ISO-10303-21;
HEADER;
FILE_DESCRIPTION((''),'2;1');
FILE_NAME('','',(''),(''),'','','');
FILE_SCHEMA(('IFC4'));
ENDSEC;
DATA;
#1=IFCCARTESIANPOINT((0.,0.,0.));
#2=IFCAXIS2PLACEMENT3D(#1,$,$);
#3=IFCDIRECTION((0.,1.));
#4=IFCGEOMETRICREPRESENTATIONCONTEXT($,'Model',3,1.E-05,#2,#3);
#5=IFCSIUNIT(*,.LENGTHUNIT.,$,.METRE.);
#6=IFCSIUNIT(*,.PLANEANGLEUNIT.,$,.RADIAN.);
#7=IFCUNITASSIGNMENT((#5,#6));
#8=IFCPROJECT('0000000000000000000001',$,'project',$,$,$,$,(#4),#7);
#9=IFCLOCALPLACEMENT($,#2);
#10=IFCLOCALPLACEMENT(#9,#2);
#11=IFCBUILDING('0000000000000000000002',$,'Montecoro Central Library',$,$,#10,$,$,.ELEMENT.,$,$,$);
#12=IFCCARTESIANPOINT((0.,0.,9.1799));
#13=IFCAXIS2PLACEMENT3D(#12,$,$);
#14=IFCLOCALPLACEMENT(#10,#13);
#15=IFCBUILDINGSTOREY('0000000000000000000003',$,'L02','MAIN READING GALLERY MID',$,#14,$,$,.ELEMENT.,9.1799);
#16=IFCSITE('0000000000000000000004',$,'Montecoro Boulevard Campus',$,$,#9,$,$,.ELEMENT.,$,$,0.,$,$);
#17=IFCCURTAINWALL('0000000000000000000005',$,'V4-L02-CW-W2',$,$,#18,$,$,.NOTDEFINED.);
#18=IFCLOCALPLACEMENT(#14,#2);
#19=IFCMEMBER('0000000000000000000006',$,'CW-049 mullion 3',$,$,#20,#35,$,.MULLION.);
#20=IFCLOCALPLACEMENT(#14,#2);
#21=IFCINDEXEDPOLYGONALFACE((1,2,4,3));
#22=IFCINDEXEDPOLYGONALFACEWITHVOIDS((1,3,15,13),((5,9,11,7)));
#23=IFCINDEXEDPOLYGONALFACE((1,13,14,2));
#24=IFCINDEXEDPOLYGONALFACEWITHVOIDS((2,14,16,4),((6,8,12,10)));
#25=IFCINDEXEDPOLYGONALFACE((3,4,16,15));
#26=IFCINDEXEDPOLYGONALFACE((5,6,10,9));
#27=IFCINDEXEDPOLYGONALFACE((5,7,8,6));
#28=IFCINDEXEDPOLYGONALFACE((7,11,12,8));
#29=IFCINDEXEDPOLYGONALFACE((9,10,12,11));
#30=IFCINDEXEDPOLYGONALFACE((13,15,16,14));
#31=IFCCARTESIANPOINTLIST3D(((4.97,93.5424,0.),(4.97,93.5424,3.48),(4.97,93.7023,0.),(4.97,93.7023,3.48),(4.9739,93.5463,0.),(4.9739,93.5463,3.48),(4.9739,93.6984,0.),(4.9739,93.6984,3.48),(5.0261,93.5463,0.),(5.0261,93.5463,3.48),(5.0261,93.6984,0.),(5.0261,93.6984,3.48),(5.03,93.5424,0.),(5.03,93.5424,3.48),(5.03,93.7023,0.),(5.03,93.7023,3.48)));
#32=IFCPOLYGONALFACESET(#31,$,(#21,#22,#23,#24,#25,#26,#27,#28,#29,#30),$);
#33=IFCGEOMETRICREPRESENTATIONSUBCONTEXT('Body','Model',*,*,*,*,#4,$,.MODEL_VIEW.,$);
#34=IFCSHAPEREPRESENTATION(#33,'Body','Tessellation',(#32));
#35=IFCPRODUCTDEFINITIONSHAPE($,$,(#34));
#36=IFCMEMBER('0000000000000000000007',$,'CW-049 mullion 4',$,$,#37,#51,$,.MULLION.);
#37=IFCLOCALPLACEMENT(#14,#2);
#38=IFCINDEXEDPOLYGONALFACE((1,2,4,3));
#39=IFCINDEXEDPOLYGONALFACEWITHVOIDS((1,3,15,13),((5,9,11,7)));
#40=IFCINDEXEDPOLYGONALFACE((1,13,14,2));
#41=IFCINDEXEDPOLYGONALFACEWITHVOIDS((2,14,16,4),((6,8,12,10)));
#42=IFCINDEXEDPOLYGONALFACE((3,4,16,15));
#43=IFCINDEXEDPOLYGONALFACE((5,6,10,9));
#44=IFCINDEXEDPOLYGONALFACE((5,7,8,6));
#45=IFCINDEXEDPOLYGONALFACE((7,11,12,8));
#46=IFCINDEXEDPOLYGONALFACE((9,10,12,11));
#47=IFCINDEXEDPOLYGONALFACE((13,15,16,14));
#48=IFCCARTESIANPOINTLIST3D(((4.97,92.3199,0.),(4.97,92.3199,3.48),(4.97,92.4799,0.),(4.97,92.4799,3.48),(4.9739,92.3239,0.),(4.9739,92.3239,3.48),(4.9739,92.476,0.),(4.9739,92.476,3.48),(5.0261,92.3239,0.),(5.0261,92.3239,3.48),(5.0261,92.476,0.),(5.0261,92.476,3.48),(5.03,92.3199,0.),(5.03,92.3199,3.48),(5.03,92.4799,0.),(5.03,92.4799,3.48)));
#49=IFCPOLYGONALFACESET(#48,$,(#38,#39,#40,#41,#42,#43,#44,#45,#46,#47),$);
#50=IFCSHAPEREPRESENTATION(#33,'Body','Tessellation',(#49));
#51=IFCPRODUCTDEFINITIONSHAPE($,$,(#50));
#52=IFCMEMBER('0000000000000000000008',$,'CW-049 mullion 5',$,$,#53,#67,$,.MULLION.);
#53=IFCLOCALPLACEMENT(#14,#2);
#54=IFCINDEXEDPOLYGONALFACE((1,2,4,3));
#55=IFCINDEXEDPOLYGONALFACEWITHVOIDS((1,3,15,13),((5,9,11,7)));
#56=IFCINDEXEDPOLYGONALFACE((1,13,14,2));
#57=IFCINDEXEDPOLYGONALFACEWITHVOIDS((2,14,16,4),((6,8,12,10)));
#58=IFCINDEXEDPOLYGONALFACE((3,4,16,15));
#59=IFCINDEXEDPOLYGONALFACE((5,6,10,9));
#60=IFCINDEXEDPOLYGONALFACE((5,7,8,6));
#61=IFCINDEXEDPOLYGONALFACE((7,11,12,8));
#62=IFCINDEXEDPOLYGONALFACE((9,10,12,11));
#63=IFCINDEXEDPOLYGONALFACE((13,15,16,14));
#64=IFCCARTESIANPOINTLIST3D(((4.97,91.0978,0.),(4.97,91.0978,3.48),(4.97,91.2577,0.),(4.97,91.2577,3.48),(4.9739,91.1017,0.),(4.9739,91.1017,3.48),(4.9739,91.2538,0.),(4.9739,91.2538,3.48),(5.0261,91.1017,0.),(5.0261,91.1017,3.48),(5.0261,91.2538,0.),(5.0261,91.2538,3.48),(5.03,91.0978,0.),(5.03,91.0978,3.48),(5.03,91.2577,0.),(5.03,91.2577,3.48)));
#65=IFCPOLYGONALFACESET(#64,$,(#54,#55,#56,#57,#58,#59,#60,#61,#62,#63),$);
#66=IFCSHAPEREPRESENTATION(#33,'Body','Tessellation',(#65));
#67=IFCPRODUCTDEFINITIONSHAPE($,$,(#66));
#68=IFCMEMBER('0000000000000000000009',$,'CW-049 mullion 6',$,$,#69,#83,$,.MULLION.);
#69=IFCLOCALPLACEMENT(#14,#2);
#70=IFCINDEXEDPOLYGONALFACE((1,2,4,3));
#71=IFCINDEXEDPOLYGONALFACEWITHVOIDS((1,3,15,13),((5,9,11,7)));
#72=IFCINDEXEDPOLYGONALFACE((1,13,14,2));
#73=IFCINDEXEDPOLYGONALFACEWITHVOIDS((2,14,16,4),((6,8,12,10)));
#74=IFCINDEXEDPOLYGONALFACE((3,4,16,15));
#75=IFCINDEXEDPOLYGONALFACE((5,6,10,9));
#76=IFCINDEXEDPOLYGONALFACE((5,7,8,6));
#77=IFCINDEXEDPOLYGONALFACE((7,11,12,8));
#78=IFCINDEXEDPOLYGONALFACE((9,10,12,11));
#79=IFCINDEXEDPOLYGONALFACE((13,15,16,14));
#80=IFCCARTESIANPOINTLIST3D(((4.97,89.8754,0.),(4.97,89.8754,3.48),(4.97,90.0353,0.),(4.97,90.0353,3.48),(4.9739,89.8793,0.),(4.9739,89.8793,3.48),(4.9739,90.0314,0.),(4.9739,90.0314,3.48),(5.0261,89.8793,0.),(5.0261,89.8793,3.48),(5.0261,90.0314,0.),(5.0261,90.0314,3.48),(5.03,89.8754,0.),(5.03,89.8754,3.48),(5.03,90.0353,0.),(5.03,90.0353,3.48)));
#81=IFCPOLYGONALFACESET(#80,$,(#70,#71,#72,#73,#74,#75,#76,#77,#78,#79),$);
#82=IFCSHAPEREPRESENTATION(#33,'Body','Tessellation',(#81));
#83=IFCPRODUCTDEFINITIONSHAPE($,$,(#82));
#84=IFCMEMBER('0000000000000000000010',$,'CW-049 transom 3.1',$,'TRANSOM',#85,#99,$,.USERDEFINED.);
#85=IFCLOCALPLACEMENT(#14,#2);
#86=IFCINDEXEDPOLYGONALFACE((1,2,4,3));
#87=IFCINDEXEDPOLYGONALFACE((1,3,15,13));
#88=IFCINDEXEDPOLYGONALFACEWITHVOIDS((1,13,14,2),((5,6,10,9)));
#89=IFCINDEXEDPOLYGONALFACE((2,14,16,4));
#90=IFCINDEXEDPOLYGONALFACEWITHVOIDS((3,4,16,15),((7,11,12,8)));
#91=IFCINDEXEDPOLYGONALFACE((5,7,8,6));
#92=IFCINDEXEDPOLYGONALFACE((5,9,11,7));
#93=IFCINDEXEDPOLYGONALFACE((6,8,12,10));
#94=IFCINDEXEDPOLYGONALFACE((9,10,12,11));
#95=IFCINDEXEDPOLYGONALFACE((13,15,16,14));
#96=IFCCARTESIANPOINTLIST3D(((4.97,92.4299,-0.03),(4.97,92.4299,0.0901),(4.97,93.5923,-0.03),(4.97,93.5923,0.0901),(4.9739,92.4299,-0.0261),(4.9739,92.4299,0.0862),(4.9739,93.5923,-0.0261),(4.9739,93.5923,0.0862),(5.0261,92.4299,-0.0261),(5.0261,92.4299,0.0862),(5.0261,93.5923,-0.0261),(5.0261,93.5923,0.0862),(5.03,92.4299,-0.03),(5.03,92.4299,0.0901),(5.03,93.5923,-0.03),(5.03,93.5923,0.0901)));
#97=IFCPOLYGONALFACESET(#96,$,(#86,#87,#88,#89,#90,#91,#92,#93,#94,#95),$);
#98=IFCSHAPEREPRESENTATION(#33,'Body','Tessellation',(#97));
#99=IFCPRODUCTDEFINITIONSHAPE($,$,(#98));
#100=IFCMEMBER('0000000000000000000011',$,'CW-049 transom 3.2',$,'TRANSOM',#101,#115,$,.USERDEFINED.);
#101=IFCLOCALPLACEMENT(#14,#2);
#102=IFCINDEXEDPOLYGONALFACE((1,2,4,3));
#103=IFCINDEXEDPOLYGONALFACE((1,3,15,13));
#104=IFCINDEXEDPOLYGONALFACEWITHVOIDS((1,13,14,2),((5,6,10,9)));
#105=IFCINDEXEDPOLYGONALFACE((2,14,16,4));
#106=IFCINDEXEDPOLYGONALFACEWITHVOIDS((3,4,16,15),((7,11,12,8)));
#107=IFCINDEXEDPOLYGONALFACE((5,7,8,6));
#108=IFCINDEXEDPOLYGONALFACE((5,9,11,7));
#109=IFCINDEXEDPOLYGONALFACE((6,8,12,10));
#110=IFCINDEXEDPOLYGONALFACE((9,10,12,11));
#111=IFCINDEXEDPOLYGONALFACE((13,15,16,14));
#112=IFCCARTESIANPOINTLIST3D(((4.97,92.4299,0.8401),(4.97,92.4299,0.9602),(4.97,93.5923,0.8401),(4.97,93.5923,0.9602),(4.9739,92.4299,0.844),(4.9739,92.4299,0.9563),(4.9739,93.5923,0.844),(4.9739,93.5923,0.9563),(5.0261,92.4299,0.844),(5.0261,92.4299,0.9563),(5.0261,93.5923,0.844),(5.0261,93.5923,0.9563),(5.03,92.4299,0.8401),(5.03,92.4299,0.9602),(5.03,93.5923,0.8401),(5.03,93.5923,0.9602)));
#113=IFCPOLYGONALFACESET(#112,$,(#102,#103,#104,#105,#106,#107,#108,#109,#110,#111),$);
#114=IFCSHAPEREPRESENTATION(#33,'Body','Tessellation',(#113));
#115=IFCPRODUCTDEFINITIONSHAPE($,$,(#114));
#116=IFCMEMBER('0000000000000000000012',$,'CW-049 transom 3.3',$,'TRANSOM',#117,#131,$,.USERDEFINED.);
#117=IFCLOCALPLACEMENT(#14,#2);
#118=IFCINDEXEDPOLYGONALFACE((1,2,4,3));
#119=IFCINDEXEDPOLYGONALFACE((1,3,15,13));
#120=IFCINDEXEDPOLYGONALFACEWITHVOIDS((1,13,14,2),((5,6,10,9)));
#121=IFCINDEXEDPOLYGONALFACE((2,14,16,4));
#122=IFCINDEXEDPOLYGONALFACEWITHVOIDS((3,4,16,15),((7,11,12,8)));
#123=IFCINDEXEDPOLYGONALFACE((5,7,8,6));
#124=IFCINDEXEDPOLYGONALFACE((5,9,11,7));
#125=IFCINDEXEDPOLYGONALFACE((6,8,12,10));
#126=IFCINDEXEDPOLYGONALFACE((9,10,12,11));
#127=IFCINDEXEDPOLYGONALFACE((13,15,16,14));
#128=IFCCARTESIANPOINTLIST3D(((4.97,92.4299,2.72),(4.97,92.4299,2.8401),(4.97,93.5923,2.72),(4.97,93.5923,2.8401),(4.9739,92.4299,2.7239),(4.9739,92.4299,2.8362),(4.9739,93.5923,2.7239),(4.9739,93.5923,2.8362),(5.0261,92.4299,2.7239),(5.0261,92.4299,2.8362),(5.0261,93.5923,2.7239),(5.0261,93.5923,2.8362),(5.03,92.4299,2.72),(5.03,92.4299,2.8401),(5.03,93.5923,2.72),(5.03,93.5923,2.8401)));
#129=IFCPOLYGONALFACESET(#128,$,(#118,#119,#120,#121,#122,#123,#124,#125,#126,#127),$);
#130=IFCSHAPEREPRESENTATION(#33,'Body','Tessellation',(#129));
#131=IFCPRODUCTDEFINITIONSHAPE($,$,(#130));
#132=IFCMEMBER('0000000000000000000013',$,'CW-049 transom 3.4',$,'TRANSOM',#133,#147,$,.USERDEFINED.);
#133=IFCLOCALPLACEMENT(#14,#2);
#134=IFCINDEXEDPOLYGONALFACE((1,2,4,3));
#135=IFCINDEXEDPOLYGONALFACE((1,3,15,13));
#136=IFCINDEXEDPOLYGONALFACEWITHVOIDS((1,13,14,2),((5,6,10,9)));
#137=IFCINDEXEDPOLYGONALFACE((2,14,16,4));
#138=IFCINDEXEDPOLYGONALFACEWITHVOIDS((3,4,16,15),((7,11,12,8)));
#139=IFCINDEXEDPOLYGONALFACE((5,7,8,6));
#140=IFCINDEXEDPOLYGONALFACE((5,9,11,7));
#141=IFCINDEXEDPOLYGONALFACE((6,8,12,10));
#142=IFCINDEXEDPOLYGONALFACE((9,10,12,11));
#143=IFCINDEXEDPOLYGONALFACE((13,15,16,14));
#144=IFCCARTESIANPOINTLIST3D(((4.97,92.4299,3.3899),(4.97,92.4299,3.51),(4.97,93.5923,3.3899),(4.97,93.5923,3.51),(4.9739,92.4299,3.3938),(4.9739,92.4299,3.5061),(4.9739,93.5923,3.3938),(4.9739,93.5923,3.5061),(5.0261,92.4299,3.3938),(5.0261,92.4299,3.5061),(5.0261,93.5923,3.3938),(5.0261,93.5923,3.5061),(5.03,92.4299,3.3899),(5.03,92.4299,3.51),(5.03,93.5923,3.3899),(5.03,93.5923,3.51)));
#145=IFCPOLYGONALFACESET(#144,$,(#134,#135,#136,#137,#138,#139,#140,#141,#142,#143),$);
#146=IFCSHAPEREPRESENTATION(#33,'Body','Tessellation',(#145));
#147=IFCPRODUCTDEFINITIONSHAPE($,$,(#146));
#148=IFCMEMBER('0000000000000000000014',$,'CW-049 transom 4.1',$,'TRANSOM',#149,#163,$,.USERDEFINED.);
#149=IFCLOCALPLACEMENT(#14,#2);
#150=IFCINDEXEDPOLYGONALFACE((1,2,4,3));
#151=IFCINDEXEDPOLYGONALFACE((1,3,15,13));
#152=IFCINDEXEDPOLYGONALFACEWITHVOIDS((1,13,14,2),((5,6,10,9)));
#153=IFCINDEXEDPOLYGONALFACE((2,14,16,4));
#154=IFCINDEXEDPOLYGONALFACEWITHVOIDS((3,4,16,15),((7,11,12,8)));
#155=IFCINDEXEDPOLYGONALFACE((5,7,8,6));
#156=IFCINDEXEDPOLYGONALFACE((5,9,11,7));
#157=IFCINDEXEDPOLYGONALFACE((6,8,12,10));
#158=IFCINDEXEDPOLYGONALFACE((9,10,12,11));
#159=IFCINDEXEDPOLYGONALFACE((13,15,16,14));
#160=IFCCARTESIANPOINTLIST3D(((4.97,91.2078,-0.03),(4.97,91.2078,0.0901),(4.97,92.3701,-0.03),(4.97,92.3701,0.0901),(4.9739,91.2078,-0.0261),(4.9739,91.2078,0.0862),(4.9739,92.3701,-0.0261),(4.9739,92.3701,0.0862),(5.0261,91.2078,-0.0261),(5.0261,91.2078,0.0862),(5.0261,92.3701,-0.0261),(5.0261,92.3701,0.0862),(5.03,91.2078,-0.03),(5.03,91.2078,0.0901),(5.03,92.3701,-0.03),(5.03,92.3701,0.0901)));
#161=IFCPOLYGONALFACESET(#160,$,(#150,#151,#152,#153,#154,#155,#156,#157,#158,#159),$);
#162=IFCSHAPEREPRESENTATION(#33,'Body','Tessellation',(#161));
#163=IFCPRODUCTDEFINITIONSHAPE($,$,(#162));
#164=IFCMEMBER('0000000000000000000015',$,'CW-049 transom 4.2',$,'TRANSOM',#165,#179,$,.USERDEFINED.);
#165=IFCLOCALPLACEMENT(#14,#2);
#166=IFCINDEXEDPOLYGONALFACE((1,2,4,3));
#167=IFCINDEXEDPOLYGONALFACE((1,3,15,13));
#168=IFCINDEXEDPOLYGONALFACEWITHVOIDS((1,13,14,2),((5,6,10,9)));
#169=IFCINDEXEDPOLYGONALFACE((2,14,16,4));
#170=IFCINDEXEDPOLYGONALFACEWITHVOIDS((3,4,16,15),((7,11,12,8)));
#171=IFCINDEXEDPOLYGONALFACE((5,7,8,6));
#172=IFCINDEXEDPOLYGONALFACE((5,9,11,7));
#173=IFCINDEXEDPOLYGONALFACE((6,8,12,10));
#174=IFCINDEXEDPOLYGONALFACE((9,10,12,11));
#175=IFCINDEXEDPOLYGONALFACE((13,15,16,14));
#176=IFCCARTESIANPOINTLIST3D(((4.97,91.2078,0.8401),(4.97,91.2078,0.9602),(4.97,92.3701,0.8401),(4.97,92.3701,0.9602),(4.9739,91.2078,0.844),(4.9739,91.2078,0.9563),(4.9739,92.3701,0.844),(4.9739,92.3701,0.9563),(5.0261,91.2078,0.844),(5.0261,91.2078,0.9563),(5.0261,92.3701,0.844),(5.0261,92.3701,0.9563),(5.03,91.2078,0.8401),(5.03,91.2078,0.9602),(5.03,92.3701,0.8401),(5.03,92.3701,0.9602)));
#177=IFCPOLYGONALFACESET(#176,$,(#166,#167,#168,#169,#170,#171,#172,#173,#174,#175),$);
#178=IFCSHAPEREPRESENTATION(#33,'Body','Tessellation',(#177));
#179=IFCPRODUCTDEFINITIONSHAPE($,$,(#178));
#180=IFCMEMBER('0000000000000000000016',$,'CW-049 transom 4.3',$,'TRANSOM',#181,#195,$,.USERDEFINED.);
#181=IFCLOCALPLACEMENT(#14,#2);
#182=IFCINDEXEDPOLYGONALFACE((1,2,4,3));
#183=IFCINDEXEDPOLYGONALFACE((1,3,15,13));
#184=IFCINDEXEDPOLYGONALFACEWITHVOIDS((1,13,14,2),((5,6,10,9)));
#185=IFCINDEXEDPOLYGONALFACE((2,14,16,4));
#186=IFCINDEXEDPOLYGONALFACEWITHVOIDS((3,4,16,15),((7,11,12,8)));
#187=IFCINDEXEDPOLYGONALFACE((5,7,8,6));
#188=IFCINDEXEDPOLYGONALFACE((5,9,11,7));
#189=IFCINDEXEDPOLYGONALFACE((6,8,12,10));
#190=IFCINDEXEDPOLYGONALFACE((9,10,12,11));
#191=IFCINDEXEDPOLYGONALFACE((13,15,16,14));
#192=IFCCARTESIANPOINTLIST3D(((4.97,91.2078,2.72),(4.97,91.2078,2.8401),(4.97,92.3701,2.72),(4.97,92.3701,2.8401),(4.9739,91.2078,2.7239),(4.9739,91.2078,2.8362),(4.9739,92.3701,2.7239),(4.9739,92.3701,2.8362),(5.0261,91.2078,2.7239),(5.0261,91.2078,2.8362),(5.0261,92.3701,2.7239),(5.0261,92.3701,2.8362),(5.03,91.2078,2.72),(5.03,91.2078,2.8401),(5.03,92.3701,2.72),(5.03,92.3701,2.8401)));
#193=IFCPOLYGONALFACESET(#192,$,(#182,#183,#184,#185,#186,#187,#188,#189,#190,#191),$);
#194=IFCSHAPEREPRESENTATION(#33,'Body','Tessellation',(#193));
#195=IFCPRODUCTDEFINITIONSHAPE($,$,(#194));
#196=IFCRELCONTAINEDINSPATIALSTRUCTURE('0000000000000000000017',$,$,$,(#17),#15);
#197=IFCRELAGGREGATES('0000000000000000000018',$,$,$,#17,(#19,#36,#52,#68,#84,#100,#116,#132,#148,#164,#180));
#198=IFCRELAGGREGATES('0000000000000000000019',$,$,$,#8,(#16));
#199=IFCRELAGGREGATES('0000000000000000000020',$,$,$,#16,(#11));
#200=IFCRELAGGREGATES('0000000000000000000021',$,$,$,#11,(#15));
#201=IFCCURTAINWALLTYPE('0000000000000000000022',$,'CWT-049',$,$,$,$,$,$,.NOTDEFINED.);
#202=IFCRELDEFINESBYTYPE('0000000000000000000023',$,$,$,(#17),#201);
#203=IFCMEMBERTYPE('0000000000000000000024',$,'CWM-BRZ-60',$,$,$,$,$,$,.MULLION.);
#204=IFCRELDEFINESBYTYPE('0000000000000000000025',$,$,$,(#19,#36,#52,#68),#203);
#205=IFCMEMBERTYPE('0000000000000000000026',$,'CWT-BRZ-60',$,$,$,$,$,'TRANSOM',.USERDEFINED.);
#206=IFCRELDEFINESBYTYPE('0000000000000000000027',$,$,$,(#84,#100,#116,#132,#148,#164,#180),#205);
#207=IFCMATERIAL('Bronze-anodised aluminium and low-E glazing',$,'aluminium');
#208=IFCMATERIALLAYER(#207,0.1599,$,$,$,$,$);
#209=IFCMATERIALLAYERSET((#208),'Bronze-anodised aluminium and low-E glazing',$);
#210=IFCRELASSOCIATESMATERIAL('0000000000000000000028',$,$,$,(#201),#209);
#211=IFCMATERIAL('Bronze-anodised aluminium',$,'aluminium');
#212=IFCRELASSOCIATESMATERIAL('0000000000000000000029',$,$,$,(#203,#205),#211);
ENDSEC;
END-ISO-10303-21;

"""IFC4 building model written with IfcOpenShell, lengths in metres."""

from ifc_helpers import new_model, si_unit, direction, frame, origin, origin_2d, place, context, subcontext, project, spatial, hollow_rectangle, extrude, material, layer, layer_set, material_profile, profile_set, type_object, element, aggregate, save


model = new_model("IFC4")

# Units and contexts
model_context = context("Model", 3, precision=1e-05, world=origin(), true_north=direction((0.0, 1.0)))
body_context = subcontext(model_context, "Body", "Model", "MODEL_VIEW")
ifc_project = project(units=[si_unit("LENGTHUNIT", "METRE"), si_unit("PLANEANGLEUNIT", "RADIAN")], contexts=[model_context])

# Site, building, storey
site_placement = place(None, origin())
site = spatial("IfcSite", under=ifc_project, at=site_placement, Name="Montecoro Boulevard Campus", CompositionType="ELEMENT", RefElevation=0.0)
building_placement = place(site_placement, origin())
building = spatial("IfcBuilding", under=site, at=building_placement, Name="Montecoro Central Library", CompositionType="ELEMENT")
storey_placement = place(building_placement, frame((0.0, 0.0, 9.1799)))
storey = spatial("IfcBuildingStorey", under=building, at=storey_placement, Name="L02", Description="MAIN READING GALLERY MID", CompositionType="ELEMENT", Elevation=9.1799)

# Curtain wall, members
ifc_material_1 = material(Name="Bronze-anodised aluminium and low-E glazing", Category="aluminium")
ifc_layer_1 = layer(ifc_material_1, 0.1599)
ifc_layer_set_1 = layer_set([ifc_layer_1], Name="Bronze-anodised aluminium and low-E glazing")
curtain_wall_type = type_object("IfcCurtainWallType", Name="CWT-049", PredefinedType="NOTDEFINED", material=ifc_layer_set_1)
curtain_wall_placement = place(storey_placement, origin())
curtain_wall = element("IfcCurtainWall", 1, at=curtain_wall_placement, inside=storey, type_object=curtain_wall_type, Name="V4-L02-CW-W2", PredefinedType="NOTDEFINED")
ifc_material_2 = material(Name="Bronze-anodised aluminium", Category="aluminium")
ifc_material_profile_1 = material_profile(ifc_material_2, hollow_rectangle(XDim=0.0601, YDim=0.1599, WallThickness=0.0039, at=origin_2d()), Name="CWM 160x60x4.0")
ifc_profile_set_1 = profile_set([ifc_material_profile_1], Name="Bronze-anodised aluminium")
member_type_1 = type_object("IfcMemberType", Name="CWM-BRZ-60", PredefinedType="MULLION", material=ifc_profile_set_1)
member_1_placement = place(storey_placement, frame((5.0, 93.6223, 0.0), z_axis=(0.0, 0.0, 1.0), x_axis=(1.0, 0.0, 0.0)))
member_1 = element("IfcMember", 2, at=member_1_placement, type_object=member_type_1, Name="CW-049 mullion 3", PredefinedType="MULLION", context=body_context, shape_type="SweptSolid", body=[
    extrude(hollow_rectangle(XDim=0.0601, YDim=0.1599, WallThickness=0.0039, at=origin_2d()), origin(), (0.0, 0.0, 1.0), 3.48),
])
member_2_placement = place(storey_placement, frame((5.0, 92.3999, 0.0), z_axis=(0.0, 0.0, 1.0), x_axis=(1.0, 0.0, 0.0)))
member_2 = element("IfcMember", 3, at=member_2_placement, type_object=member_type_1, Name="CW-049 mullion 4", PredefinedType="MULLION", context=body_context, shape_type="SweptSolid", body=[
    extrude(hollow_rectangle(XDim=0.0601, YDim=0.1599, WallThickness=0.0039, at=origin_2d()), origin(), (0.0, 0.0, 1.0), 3.48),
])
member_3_placement = place(storey_placement, frame((5.0, 91.1777, 0.0), z_axis=(0.0, 0.0, 1.0), x_axis=(1.0, 0.0, 0.0)))
member_3 = element("IfcMember", 4, at=member_3_placement, type_object=member_type_1, Name="CW-049 mullion 5", PredefinedType="MULLION", context=body_context, shape_type="SweptSolid", body=[
    extrude(hollow_rectangle(XDim=0.0601, YDim=0.1599, WallThickness=0.0039, at=origin_2d()), origin(), (0.0, 0.0, 1.0), 3.48),
])
member_4_placement = place(storey_placement, frame((5.0, 89.9553, 0.0), z_axis=(0.0, 0.0, 1.0), x_axis=(1.0, 0.0, 0.0)))
member_4 = element("IfcMember", 5, at=member_4_placement, type_object=member_type_1, Name="CW-049 mullion 6", PredefinedType="MULLION", context=body_context, shape_type="SweptSolid", body=[
    extrude(hollow_rectangle(XDim=0.0601, YDim=0.1599, WallThickness=0.0039, at=origin_2d()), origin(), (0.0, 0.0, 1.0), 3.48),
])
ifc_material_profile_2 = material_profile(ifc_material_2, hollow_rectangle(XDim=0.0601, YDim=0.1201, WallThickness=0.0039, at=origin_2d()), Name="CWT 120x60x4.0")
ifc_profile_set_2 = profile_set([ifc_material_profile_2], Name="Bronze-anodised aluminium")
member_type_2 = type_object("IfcMemberType", Name="CWT-BRZ-60", ElementType="TRANSOM", PredefinedType="USERDEFINED", material=ifc_profile_set_2)
member_5_placement = place(storey_placement, frame((5.0, 93.5923, 0.03), z_axis=(0.0, -1.0, 0.0), x_axis=(1.0, 0.0, 0.0)))
member_5 = element("IfcMember", 6, at=member_5_placement, type_object=member_type_2, Name="CW-049 transom 3.1", ObjectType="TRANSOM", PredefinedType="USERDEFINED", context=body_context, shape_type="SweptSolid", body=[
    extrude(hollow_rectangle(XDim=0.0601, YDim=0.1201, WallThickness=0.0039, at=origin_2d()), origin(), (0.0, 0.0, 1.0), 1.1624),
])
member_6_placement = place(storey_placement, frame((5.0, 93.5923, 0.9001), z_axis=(0.0, -1.0, 0.0), x_axis=(1.0, 0.0, 0.0)))
member_6 = element("IfcMember", 7, at=member_6_placement, type_object=member_type_2, Name="CW-049 transom 3.2", ObjectType="TRANSOM", PredefinedType="USERDEFINED", context=body_context, shape_type="SweptSolid", body=[
    extrude(hollow_rectangle(XDim=0.0601, YDim=0.1201, WallThickness=0.0039, at=origin_2d()), origin(), (0.0, 0.0, 1.0), 1.1624),
])
member_7_placement = place(storey_placement, frame((5.0, 93.5923, 2.78), z_axis=(0.0, -1.0, 0.0), x_axis=(1.0, 0.0, 0.0)))
member_7 = element("IfcMember", 8, at=member_7_placement, type_object=member_type_2, Name="CW-049 transom 3.3", ObjectType="TRANSOM", PredefinedType="USERDEFINED", context=body_context, shape_type="SweptSolid", body=[
    extrude(hollow_rectangle(XDim=0.0601, YDim=0.1201, WallThickness=0.0039, at=origin_2d()), origin(), (0.0, 0.0, 1.0), 1.1624),
])
member_8_placement = place(storey_placement, frame((5.0, 93.5923, 3.45), z_axis=(0.0, -1.0, 0.0), x_axis=(1.0, 0.0, 0.0)))
member_8 = element("IfcMember", 9, at=member_8_placement, type_object=member_type_2, Name="CW-049 transom 3.4", ObjectType="TRANSOM", PredefinedType="USERDEFINED", context=body_context, shape_type="SweptSolid", body=[
    extrude(hollow_rectangle(XDim=0.0601, YDim=0.1201, WallThickness=0.0039, at=origin_2d()), origin(), (0.0, 0.0, 1.0), 1.1624),
])
member_9_placement = place(storey_placement, frame((5.0, 92.3701, 0.03), z_axis=(0.0, -1.0, 0.0), x_axis=(1.0, 0.0, 0.0)))
member_9 = element("IfcMember", 10, at=member_9_placement, type_object=member_type_2, Name="CW-049 transom 4.1", ObjectType="TRANSOM", PredefinedType="USERDEFINED", context=body_context, shape_type="SweptSolid", body=[
    extrude(hollow_rectangle(XDim=0.0601, YDim=0.1201, WallThickness=0.0039, at=origin_2d()), origin(), (0.0, 0.0, 1.0), 1.1624),
])
member_10_placement = place(storey_placement, frame((5.0, 92.3701, 0.9001), z_axis=(0.0, -1.0, 0.0), x_axis=(1.0, 0.0, 0.0)))
member_10 = element("IfcMember", 11, at=member_10_placement, type_object=member_type_2, Name="CW-049 transom 4.2", ObjectType="TRANSOM", PredefinedType="USERDEFINED", context=body_context, shape_type="SweptSolid", body=[
    extrude(hollow_rectangle(XDim=0.0601, YDim=0.1201, WallThickness=0.0039, at=origin_2d()), origin(), (0.0, 0.0, 1.0), 1.1624),
])
member_11_placement = place(storey_placement, frame((5.0, 92.3701, 2.78), z_axis=(0.0, -1.0, 0.0), x_axis=(1.0, 0.0, 0.0)))
member_11 = element("IfcMember", 12, at=member_11_placement, type_object=member_type_2, Name="CW-049 transom 4.3", ObjectType="TRANSOM", PredefinedType="USERDEFINED", context=body_context, shape_type="SweptSolid", body=[
    extrude(hollow_rectangle(XDim=0.0601, YDim=0.1201, WallThickness=0.0039, at=origin_2d()), origin(), (0.0, 0.0, 1.0), 1.1624),
])
aggregate(curtain_wall, [member_1, member_2, member_3, member_4, member_5, member_6, member_7, member_8, member_9, member_10, member_11])

save(model, "model.ifc")
